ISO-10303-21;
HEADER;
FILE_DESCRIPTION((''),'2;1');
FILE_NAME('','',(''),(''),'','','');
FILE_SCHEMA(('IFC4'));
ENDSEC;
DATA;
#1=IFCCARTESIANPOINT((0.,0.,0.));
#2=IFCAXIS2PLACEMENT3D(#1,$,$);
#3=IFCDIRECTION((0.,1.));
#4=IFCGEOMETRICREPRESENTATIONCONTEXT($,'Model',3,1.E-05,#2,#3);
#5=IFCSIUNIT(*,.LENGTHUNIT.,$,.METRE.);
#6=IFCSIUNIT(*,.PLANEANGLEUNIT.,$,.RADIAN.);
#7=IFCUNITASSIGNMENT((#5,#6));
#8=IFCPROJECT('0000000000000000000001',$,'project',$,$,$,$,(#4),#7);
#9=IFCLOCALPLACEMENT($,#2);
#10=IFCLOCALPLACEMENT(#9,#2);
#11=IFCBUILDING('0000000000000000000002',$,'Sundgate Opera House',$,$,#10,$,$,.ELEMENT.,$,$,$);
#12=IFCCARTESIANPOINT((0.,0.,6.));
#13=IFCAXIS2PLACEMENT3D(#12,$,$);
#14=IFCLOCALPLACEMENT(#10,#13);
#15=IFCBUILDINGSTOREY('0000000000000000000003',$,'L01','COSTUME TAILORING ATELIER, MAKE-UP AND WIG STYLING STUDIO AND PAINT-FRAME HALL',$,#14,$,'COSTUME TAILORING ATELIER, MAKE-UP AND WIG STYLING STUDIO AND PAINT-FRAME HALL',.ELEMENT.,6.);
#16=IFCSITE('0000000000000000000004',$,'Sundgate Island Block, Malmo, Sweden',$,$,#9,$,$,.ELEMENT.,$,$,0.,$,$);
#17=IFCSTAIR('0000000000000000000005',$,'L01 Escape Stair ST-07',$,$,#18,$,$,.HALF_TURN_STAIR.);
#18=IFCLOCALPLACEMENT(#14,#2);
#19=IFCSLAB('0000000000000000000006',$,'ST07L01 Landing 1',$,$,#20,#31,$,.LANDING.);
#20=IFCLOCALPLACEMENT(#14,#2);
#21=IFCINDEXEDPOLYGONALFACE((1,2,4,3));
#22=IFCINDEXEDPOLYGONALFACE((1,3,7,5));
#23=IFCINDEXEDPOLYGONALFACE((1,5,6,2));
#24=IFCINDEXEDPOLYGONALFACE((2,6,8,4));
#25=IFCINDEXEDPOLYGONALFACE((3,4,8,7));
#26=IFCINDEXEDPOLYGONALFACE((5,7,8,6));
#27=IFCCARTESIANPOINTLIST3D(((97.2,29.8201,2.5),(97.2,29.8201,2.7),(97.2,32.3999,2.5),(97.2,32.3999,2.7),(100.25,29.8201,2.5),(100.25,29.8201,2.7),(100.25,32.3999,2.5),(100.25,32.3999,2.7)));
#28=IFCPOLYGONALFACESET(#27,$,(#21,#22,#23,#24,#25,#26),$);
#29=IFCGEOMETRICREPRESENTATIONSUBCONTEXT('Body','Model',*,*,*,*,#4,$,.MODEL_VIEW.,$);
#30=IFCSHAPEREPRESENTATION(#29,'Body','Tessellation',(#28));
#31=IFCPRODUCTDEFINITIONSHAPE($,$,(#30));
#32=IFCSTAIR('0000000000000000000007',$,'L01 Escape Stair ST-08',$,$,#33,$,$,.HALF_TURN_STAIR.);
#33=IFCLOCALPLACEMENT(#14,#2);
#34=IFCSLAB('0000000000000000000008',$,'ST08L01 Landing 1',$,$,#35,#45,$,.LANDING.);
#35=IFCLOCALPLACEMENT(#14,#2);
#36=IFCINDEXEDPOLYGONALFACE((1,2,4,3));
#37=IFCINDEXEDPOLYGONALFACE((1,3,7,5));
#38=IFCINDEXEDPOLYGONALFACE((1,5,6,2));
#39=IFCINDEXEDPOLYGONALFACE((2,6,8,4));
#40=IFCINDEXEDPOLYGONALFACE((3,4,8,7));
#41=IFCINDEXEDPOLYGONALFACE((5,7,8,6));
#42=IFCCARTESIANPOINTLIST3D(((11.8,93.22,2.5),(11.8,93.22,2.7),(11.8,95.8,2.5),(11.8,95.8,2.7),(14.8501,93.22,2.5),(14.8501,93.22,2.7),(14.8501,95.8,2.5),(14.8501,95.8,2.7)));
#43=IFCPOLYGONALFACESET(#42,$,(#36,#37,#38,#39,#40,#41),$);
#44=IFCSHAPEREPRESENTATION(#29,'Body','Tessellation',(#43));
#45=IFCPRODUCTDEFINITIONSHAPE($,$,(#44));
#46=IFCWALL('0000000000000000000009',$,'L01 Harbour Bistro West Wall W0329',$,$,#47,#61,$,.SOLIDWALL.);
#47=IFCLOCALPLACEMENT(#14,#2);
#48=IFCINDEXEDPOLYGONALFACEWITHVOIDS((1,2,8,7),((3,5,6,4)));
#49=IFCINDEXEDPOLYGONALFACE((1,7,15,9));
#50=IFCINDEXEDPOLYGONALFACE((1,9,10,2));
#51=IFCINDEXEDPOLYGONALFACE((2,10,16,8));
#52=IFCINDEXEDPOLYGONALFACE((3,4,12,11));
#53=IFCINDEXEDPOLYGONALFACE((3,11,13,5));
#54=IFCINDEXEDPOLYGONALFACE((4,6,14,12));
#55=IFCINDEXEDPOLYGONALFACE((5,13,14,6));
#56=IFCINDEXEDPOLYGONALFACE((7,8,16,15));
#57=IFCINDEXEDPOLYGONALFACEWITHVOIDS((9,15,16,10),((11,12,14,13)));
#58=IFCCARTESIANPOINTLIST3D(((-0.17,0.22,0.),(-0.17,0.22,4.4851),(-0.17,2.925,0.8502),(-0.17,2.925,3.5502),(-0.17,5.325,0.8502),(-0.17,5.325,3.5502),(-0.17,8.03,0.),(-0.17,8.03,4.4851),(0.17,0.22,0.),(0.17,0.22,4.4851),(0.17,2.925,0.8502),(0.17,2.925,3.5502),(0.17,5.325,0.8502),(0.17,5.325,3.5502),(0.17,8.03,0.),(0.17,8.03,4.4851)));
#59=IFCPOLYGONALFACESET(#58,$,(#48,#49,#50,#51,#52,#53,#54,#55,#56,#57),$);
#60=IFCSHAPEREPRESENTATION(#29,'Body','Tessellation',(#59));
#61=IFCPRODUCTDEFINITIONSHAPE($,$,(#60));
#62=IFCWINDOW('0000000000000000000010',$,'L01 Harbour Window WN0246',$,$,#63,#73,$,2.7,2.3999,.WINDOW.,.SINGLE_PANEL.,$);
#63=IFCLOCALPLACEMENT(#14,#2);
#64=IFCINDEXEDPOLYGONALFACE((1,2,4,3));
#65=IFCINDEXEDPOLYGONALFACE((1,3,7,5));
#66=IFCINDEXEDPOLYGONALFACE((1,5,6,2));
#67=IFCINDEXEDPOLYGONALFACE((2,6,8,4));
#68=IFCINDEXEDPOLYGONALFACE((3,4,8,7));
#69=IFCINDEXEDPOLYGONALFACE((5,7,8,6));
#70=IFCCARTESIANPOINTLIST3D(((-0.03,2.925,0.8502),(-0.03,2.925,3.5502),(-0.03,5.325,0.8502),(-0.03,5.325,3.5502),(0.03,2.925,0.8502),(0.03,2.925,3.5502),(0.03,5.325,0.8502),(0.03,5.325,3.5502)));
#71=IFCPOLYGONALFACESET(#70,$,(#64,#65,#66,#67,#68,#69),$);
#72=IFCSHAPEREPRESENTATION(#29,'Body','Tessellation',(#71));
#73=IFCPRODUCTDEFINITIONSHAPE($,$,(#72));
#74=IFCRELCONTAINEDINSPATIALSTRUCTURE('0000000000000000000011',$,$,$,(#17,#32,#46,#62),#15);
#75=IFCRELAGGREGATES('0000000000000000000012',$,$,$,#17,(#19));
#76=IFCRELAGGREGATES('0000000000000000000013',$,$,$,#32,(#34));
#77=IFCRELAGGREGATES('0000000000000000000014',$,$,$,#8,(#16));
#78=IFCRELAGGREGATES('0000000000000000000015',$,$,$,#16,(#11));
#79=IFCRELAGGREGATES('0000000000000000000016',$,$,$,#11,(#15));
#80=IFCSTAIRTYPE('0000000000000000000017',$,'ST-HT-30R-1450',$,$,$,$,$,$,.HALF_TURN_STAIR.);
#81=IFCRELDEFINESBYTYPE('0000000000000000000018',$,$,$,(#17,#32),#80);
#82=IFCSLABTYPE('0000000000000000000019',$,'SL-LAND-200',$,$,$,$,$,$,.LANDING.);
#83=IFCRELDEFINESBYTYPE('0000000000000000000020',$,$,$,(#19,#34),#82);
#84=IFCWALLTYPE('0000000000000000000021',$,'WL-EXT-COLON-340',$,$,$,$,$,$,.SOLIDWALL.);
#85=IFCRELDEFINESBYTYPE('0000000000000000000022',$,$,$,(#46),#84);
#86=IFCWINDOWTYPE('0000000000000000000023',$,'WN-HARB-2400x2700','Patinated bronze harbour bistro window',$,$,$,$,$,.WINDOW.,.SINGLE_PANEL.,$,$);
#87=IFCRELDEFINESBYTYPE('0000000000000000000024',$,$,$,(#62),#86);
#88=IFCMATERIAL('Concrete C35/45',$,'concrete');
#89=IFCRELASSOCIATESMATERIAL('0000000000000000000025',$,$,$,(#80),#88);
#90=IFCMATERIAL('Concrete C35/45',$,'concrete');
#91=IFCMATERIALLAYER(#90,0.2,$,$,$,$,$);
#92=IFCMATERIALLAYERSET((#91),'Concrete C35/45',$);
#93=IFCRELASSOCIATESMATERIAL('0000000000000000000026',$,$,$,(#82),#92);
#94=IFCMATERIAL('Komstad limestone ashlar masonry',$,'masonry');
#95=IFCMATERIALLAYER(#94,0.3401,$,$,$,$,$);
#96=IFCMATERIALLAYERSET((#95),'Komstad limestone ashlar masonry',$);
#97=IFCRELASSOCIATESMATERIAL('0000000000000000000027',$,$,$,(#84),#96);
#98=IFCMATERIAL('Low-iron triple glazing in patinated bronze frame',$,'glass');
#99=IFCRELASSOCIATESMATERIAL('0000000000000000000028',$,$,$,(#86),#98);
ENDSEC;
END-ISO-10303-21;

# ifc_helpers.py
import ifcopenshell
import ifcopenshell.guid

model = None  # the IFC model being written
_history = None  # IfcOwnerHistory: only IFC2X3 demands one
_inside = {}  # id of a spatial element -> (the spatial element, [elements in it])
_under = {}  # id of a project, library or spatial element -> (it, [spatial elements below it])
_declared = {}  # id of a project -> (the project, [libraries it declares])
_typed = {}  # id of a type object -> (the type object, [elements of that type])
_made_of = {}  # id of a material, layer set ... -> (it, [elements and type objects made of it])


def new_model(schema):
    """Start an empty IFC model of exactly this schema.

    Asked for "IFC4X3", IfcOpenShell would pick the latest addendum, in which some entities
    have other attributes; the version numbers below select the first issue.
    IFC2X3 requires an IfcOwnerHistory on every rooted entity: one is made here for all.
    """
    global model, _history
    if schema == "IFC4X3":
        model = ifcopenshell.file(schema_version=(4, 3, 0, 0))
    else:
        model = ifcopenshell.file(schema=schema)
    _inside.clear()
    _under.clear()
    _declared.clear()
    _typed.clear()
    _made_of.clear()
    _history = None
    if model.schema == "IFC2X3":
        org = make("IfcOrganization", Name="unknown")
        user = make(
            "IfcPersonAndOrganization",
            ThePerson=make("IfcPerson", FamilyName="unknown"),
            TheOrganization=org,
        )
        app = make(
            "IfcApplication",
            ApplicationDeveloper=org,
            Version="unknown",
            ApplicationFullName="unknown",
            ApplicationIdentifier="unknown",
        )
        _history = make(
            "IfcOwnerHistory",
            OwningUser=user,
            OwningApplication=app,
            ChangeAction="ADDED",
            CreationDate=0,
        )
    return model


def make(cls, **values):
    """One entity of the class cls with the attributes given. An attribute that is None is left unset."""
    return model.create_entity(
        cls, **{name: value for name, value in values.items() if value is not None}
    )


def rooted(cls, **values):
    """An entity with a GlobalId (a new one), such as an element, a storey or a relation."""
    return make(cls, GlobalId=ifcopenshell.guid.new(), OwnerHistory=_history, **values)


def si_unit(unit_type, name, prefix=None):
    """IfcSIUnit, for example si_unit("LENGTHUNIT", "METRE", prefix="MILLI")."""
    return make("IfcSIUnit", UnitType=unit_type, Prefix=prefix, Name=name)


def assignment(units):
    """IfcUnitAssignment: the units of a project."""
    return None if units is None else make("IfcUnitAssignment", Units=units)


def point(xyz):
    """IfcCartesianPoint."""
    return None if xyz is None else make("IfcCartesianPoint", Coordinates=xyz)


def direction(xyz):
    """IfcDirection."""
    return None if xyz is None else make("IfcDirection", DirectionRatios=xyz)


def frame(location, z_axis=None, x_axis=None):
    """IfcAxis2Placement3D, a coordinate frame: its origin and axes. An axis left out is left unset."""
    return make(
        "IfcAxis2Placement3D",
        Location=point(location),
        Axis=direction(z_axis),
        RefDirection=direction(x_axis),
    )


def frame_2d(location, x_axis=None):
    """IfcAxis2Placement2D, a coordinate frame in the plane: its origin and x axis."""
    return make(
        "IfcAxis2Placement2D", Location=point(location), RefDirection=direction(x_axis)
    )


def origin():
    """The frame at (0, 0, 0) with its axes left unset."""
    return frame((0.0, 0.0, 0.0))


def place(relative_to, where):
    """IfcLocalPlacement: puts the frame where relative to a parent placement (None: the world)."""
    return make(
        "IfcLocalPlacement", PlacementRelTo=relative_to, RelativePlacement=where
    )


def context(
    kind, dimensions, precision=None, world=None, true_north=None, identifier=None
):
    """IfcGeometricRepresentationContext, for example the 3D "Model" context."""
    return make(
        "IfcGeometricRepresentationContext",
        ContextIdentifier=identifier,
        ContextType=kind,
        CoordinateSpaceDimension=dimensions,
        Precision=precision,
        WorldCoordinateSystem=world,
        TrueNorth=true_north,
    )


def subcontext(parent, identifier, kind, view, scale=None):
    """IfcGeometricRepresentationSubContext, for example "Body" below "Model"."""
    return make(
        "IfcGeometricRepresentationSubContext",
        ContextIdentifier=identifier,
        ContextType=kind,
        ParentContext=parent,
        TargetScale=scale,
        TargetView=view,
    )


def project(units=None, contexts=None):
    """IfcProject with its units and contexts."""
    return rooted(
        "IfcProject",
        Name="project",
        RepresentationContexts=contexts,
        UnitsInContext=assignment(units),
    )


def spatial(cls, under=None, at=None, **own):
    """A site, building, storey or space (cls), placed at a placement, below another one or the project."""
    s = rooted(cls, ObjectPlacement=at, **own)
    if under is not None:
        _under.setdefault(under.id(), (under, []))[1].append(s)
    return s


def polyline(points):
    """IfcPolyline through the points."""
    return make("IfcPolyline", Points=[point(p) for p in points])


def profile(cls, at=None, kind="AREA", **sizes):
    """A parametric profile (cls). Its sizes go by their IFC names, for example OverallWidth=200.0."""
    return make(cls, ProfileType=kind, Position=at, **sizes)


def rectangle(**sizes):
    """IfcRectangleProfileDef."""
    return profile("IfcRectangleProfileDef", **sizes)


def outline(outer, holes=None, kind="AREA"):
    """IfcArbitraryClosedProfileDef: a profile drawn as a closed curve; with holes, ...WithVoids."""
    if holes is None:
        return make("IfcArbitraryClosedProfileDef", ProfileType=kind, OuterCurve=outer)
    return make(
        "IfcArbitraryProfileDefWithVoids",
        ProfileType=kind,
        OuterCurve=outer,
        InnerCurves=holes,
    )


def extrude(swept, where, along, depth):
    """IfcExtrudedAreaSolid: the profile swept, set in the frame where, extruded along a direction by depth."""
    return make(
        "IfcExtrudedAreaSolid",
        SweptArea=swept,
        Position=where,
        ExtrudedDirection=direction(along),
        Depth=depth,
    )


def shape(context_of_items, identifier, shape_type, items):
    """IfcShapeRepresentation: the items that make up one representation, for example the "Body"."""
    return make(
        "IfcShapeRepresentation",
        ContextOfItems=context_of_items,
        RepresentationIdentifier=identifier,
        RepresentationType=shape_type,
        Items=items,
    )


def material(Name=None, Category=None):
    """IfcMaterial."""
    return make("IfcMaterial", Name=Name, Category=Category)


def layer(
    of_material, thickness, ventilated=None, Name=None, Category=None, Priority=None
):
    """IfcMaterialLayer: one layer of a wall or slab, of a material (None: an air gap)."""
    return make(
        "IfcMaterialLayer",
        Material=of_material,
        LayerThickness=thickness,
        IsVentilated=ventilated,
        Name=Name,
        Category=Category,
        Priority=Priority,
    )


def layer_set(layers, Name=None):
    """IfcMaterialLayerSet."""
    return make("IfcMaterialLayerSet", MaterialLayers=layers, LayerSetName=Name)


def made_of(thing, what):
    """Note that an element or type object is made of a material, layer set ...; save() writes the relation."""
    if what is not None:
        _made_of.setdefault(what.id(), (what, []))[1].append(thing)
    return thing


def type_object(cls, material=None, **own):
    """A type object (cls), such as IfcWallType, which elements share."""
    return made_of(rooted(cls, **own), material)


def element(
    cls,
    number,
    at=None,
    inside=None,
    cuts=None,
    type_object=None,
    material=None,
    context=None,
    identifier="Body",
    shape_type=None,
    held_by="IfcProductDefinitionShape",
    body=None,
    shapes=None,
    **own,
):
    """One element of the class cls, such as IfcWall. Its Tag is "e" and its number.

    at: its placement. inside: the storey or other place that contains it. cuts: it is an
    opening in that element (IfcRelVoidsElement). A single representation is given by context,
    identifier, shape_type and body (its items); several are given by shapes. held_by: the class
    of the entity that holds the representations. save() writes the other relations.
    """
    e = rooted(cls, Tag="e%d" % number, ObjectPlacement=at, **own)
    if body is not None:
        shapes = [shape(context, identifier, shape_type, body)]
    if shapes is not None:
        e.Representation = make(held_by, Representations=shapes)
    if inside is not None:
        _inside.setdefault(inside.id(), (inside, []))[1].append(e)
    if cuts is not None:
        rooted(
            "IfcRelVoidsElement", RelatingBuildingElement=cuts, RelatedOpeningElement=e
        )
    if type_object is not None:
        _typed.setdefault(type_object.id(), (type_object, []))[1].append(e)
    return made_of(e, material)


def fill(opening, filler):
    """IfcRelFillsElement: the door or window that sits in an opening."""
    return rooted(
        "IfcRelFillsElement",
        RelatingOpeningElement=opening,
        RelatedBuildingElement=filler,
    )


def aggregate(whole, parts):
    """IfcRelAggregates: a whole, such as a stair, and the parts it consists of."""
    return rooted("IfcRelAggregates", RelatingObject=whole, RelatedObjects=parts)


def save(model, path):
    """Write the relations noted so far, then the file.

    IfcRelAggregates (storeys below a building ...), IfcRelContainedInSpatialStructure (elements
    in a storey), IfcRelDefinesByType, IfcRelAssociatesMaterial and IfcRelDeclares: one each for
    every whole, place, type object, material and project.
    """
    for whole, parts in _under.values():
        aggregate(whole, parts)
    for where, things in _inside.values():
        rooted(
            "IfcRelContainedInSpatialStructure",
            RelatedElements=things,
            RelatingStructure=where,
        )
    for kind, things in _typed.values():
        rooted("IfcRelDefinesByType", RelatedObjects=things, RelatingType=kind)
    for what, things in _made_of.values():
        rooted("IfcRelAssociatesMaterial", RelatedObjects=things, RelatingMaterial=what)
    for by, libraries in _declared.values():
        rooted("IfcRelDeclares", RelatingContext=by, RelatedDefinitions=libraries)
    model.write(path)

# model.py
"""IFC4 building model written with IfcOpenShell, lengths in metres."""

from ifc_helpers import new_model, si_unit, direction, frame, frame_2d, origin, place, context, subcontext, project, spatial, polyline, rectangle, outline, extrude, material, layer, layer_set, type_object, element, fill, aggregate, save


model = new_model("IFC4")

# Units and contexts
model_context = context("Model", 3, precision=1e-05, world=origin(), true_north=direction((0.0, 1.0)))
body_context = subcontext(model_context, "Body", "Model", "MODEL_VIEW")
ifc_project = project(units=[si_unit("LENGTHUNIT", "METRE"), si_unit("PLANEANGLEUNIT", "RADIAN")], contexts=[model_context])

# Site, building, storey
site_placement = place(None, origin())
site = spatial("IfcSite", under=ifc_project, at=site_placement, Name="Sundgate Island Block, Malmo, Sweden", CompositionType="ELEMENT", RefElevation=0.0)
building_placement = place(site_placement, origin())
building = spatial("IfcBuilding", under=site, at=building_placement, Name="Sundgate Opera House", CompositionType="ELEMENT")
storey_placement = place(building_placement, frame((0.0, 0.0, 6.0)))
storey = spatial("IfcBuildingStorey", under=building, at=storey_placement, Name="L01", Description="COSTUME TAILORING ATELIER, MAKE-UP AND WIG STYLING STUDIO AND PAINT-FRAME HALL", LongName="COSTUME TAILORING ATELIER, MAKE-UP AND WIG STYLING STUDIO AND PAINT-FRAME HALL", CompositionType="ELEMENT", Elevation=6.0)

# Stairs, slabs
ifc_material_1 = material(Name="Concrete C35/45", Category="concrete")
stair_type = type_object("IfcStairType", Name="ST-HT-30R-1450", PredefinedType="HALF_TURN_STAIR", material=ifc_material_1)
ifc_material_2 = material(Name="Concrete C35/45", Category="concrete")
ifc_layer_1 = layer(ifc_material_2, 0.2)
ifc_layer_set_1 = layer_set([ifc_layer_1], Name="Concrete C35/45")
slab_type_1 = type_object("IfcSlabType", Name="SL-LAND-200", PredefinedType="LANDING", material=ifc_layer_set_1)
stair_1_placement = place(storey_placement, origin())
stair_1 = element("IfcStair", 1, at=stair_1_placement, inside=storey, type_object=stair_type, Name="L01 Escape Stair ST-07", PredefinedType="HALF_TURN_STAIR")
slab_1_placement = place(storey_placement, frame((0.0, 0.0, 2.5)))
slab_1 = element("IfcSlab", 2, at=slab_1_placement, type_object=slab_type_1, Name="ST07L01 Landing 1", PredefinedType="LANDING", context=body_context, shape_type="SweptSolid", body=[
    extrude(outline(polyline([(100.25, 29.8201), (100.25, 32.3999), (97.2, 32.3999), (97.2, 29.8201), (100.25, 29.8201)])), origin(), (0.0, 0.0, 1.0), 0.2),
])
aggregate(stair_1, [slab_1])
stair_2_placement = place(storey_placement, origin())
stair_2 = element("IfcStair", 3, at=stair_2_placement, inside=storey, type_object=stair_type, Name="L01 Escape Stair ST-08", PredefinedType="HALF_TURN_STAIR")
slab_2_placement = place(storey_placement, frame((0.0, 0.0, 2.5)))
slab_2 = element("IfcSlab", 4, at=slab_2_placement, type_object=slab_type_1, Name="ST08L01 Landing 1", PredefinedType="LANDING", context=body_context, shape_type="SweptSolid", body=[
    extrude(outline(polyline([(14.8501, 93.22), (14.8501, 95.8), (11.8, 95.8), (11.8, 93.22), (14.8501, 93.22)])), origin(), (0.0, 0.0, 1.0), 0.2),
])
aggregate(stair_2, [slab_2])

# Wall, opening, window
ifc_material_3 = material(Name="Komstad limestone ashlar masonry", Category="masonry")
ifc_layer_2 = layer(ifc_material_3, 0.3401)
ifc_layer_set_2 = layer_set([ifc_layer_2], Name="Komstad limestone ashlar masonry")
wall_type = type_object("IfcWallType", Name="WL-EXT-COLON-340", PredefinedType="SOLIDWALL", material=ifc_layer_set_2)
wall_placement = place(storey_placement, frame((0.0, 0.22, 0.0), z_axis=(0.0, 0.0, 1.0), x_axis=(0.0, 1.0, 0.0)))
wall = element("IfcWall", 5, at=wall_placement, inside=storey, type_object=wall_type, Name="L01 Harbour Bistro West Wall W0329", PredefinedType="SOLIDWALL", context=body_context, shape_type="SweptSolid", body=[
    extrude(rectangle(XDim=7.8101, YDim=0.3401, at=frame_2d((3.905, 0.0))), origin(), (0.0, 0.0, 1.0), 4.4851),
])
opening_placement = place(wall_placement, frame((2.7051, 0.0, 0.8501)))
opening = element("IfcOpeningElement", 6, at=opening_placement, cuts=wall, PredefinedType="OPENING", context=body_context, shape_type="SweptSolid", body=[
    extrude(rectangle(XDim=2.3999, YDim=2.7, at=frame_2d((1.2, 1.3501))), frame((0.0, 0.1799, 0.0), z_axis=(0.0, -1.0, 0.0), x_axis=(1.0, 0.0, 0.0)), (0.0, 0.0, 1.0), 0.3601),
])
ifc_material_4 = material(Name="Low-iron triple glazing in patinated bronze frame", Category="glass")
window_type = type_object("IfcWindowType", Name="WN-HARB-2400x2700", Description="Patinated bronze harbour bistro window", PartitioningType="SINGLE_PANEL", PredefinedType="WINDOW", material=ifc_material_4)
window_placement = place(opening_placement, origin())
window = element("IfcWindow", 7, at=window_placement, inside=storey, type_object=window_type, Name="L01 Harbour Window WN0246", OverallHeight=2.7, OverallWidth=2.3999, PartitioningType="SINGLE_PANEL", PredefinedType="WINDOW", context=body_context, shape_type="SweptSolid", body=[
    extrude(rectangle(XDim=2.3999, YDim=2.7, at=frame_2d((1.2, 1.3501))), frame((0.0, 0.03, 0.0), z_axis=(0.0, -1.0, 0.0), x_axis=(1.0, 0.0, 0.0)), (0.0, 0.0, 1.0), 0.0601),
])
fill(opening, window)

save(model, "model.ifc")
